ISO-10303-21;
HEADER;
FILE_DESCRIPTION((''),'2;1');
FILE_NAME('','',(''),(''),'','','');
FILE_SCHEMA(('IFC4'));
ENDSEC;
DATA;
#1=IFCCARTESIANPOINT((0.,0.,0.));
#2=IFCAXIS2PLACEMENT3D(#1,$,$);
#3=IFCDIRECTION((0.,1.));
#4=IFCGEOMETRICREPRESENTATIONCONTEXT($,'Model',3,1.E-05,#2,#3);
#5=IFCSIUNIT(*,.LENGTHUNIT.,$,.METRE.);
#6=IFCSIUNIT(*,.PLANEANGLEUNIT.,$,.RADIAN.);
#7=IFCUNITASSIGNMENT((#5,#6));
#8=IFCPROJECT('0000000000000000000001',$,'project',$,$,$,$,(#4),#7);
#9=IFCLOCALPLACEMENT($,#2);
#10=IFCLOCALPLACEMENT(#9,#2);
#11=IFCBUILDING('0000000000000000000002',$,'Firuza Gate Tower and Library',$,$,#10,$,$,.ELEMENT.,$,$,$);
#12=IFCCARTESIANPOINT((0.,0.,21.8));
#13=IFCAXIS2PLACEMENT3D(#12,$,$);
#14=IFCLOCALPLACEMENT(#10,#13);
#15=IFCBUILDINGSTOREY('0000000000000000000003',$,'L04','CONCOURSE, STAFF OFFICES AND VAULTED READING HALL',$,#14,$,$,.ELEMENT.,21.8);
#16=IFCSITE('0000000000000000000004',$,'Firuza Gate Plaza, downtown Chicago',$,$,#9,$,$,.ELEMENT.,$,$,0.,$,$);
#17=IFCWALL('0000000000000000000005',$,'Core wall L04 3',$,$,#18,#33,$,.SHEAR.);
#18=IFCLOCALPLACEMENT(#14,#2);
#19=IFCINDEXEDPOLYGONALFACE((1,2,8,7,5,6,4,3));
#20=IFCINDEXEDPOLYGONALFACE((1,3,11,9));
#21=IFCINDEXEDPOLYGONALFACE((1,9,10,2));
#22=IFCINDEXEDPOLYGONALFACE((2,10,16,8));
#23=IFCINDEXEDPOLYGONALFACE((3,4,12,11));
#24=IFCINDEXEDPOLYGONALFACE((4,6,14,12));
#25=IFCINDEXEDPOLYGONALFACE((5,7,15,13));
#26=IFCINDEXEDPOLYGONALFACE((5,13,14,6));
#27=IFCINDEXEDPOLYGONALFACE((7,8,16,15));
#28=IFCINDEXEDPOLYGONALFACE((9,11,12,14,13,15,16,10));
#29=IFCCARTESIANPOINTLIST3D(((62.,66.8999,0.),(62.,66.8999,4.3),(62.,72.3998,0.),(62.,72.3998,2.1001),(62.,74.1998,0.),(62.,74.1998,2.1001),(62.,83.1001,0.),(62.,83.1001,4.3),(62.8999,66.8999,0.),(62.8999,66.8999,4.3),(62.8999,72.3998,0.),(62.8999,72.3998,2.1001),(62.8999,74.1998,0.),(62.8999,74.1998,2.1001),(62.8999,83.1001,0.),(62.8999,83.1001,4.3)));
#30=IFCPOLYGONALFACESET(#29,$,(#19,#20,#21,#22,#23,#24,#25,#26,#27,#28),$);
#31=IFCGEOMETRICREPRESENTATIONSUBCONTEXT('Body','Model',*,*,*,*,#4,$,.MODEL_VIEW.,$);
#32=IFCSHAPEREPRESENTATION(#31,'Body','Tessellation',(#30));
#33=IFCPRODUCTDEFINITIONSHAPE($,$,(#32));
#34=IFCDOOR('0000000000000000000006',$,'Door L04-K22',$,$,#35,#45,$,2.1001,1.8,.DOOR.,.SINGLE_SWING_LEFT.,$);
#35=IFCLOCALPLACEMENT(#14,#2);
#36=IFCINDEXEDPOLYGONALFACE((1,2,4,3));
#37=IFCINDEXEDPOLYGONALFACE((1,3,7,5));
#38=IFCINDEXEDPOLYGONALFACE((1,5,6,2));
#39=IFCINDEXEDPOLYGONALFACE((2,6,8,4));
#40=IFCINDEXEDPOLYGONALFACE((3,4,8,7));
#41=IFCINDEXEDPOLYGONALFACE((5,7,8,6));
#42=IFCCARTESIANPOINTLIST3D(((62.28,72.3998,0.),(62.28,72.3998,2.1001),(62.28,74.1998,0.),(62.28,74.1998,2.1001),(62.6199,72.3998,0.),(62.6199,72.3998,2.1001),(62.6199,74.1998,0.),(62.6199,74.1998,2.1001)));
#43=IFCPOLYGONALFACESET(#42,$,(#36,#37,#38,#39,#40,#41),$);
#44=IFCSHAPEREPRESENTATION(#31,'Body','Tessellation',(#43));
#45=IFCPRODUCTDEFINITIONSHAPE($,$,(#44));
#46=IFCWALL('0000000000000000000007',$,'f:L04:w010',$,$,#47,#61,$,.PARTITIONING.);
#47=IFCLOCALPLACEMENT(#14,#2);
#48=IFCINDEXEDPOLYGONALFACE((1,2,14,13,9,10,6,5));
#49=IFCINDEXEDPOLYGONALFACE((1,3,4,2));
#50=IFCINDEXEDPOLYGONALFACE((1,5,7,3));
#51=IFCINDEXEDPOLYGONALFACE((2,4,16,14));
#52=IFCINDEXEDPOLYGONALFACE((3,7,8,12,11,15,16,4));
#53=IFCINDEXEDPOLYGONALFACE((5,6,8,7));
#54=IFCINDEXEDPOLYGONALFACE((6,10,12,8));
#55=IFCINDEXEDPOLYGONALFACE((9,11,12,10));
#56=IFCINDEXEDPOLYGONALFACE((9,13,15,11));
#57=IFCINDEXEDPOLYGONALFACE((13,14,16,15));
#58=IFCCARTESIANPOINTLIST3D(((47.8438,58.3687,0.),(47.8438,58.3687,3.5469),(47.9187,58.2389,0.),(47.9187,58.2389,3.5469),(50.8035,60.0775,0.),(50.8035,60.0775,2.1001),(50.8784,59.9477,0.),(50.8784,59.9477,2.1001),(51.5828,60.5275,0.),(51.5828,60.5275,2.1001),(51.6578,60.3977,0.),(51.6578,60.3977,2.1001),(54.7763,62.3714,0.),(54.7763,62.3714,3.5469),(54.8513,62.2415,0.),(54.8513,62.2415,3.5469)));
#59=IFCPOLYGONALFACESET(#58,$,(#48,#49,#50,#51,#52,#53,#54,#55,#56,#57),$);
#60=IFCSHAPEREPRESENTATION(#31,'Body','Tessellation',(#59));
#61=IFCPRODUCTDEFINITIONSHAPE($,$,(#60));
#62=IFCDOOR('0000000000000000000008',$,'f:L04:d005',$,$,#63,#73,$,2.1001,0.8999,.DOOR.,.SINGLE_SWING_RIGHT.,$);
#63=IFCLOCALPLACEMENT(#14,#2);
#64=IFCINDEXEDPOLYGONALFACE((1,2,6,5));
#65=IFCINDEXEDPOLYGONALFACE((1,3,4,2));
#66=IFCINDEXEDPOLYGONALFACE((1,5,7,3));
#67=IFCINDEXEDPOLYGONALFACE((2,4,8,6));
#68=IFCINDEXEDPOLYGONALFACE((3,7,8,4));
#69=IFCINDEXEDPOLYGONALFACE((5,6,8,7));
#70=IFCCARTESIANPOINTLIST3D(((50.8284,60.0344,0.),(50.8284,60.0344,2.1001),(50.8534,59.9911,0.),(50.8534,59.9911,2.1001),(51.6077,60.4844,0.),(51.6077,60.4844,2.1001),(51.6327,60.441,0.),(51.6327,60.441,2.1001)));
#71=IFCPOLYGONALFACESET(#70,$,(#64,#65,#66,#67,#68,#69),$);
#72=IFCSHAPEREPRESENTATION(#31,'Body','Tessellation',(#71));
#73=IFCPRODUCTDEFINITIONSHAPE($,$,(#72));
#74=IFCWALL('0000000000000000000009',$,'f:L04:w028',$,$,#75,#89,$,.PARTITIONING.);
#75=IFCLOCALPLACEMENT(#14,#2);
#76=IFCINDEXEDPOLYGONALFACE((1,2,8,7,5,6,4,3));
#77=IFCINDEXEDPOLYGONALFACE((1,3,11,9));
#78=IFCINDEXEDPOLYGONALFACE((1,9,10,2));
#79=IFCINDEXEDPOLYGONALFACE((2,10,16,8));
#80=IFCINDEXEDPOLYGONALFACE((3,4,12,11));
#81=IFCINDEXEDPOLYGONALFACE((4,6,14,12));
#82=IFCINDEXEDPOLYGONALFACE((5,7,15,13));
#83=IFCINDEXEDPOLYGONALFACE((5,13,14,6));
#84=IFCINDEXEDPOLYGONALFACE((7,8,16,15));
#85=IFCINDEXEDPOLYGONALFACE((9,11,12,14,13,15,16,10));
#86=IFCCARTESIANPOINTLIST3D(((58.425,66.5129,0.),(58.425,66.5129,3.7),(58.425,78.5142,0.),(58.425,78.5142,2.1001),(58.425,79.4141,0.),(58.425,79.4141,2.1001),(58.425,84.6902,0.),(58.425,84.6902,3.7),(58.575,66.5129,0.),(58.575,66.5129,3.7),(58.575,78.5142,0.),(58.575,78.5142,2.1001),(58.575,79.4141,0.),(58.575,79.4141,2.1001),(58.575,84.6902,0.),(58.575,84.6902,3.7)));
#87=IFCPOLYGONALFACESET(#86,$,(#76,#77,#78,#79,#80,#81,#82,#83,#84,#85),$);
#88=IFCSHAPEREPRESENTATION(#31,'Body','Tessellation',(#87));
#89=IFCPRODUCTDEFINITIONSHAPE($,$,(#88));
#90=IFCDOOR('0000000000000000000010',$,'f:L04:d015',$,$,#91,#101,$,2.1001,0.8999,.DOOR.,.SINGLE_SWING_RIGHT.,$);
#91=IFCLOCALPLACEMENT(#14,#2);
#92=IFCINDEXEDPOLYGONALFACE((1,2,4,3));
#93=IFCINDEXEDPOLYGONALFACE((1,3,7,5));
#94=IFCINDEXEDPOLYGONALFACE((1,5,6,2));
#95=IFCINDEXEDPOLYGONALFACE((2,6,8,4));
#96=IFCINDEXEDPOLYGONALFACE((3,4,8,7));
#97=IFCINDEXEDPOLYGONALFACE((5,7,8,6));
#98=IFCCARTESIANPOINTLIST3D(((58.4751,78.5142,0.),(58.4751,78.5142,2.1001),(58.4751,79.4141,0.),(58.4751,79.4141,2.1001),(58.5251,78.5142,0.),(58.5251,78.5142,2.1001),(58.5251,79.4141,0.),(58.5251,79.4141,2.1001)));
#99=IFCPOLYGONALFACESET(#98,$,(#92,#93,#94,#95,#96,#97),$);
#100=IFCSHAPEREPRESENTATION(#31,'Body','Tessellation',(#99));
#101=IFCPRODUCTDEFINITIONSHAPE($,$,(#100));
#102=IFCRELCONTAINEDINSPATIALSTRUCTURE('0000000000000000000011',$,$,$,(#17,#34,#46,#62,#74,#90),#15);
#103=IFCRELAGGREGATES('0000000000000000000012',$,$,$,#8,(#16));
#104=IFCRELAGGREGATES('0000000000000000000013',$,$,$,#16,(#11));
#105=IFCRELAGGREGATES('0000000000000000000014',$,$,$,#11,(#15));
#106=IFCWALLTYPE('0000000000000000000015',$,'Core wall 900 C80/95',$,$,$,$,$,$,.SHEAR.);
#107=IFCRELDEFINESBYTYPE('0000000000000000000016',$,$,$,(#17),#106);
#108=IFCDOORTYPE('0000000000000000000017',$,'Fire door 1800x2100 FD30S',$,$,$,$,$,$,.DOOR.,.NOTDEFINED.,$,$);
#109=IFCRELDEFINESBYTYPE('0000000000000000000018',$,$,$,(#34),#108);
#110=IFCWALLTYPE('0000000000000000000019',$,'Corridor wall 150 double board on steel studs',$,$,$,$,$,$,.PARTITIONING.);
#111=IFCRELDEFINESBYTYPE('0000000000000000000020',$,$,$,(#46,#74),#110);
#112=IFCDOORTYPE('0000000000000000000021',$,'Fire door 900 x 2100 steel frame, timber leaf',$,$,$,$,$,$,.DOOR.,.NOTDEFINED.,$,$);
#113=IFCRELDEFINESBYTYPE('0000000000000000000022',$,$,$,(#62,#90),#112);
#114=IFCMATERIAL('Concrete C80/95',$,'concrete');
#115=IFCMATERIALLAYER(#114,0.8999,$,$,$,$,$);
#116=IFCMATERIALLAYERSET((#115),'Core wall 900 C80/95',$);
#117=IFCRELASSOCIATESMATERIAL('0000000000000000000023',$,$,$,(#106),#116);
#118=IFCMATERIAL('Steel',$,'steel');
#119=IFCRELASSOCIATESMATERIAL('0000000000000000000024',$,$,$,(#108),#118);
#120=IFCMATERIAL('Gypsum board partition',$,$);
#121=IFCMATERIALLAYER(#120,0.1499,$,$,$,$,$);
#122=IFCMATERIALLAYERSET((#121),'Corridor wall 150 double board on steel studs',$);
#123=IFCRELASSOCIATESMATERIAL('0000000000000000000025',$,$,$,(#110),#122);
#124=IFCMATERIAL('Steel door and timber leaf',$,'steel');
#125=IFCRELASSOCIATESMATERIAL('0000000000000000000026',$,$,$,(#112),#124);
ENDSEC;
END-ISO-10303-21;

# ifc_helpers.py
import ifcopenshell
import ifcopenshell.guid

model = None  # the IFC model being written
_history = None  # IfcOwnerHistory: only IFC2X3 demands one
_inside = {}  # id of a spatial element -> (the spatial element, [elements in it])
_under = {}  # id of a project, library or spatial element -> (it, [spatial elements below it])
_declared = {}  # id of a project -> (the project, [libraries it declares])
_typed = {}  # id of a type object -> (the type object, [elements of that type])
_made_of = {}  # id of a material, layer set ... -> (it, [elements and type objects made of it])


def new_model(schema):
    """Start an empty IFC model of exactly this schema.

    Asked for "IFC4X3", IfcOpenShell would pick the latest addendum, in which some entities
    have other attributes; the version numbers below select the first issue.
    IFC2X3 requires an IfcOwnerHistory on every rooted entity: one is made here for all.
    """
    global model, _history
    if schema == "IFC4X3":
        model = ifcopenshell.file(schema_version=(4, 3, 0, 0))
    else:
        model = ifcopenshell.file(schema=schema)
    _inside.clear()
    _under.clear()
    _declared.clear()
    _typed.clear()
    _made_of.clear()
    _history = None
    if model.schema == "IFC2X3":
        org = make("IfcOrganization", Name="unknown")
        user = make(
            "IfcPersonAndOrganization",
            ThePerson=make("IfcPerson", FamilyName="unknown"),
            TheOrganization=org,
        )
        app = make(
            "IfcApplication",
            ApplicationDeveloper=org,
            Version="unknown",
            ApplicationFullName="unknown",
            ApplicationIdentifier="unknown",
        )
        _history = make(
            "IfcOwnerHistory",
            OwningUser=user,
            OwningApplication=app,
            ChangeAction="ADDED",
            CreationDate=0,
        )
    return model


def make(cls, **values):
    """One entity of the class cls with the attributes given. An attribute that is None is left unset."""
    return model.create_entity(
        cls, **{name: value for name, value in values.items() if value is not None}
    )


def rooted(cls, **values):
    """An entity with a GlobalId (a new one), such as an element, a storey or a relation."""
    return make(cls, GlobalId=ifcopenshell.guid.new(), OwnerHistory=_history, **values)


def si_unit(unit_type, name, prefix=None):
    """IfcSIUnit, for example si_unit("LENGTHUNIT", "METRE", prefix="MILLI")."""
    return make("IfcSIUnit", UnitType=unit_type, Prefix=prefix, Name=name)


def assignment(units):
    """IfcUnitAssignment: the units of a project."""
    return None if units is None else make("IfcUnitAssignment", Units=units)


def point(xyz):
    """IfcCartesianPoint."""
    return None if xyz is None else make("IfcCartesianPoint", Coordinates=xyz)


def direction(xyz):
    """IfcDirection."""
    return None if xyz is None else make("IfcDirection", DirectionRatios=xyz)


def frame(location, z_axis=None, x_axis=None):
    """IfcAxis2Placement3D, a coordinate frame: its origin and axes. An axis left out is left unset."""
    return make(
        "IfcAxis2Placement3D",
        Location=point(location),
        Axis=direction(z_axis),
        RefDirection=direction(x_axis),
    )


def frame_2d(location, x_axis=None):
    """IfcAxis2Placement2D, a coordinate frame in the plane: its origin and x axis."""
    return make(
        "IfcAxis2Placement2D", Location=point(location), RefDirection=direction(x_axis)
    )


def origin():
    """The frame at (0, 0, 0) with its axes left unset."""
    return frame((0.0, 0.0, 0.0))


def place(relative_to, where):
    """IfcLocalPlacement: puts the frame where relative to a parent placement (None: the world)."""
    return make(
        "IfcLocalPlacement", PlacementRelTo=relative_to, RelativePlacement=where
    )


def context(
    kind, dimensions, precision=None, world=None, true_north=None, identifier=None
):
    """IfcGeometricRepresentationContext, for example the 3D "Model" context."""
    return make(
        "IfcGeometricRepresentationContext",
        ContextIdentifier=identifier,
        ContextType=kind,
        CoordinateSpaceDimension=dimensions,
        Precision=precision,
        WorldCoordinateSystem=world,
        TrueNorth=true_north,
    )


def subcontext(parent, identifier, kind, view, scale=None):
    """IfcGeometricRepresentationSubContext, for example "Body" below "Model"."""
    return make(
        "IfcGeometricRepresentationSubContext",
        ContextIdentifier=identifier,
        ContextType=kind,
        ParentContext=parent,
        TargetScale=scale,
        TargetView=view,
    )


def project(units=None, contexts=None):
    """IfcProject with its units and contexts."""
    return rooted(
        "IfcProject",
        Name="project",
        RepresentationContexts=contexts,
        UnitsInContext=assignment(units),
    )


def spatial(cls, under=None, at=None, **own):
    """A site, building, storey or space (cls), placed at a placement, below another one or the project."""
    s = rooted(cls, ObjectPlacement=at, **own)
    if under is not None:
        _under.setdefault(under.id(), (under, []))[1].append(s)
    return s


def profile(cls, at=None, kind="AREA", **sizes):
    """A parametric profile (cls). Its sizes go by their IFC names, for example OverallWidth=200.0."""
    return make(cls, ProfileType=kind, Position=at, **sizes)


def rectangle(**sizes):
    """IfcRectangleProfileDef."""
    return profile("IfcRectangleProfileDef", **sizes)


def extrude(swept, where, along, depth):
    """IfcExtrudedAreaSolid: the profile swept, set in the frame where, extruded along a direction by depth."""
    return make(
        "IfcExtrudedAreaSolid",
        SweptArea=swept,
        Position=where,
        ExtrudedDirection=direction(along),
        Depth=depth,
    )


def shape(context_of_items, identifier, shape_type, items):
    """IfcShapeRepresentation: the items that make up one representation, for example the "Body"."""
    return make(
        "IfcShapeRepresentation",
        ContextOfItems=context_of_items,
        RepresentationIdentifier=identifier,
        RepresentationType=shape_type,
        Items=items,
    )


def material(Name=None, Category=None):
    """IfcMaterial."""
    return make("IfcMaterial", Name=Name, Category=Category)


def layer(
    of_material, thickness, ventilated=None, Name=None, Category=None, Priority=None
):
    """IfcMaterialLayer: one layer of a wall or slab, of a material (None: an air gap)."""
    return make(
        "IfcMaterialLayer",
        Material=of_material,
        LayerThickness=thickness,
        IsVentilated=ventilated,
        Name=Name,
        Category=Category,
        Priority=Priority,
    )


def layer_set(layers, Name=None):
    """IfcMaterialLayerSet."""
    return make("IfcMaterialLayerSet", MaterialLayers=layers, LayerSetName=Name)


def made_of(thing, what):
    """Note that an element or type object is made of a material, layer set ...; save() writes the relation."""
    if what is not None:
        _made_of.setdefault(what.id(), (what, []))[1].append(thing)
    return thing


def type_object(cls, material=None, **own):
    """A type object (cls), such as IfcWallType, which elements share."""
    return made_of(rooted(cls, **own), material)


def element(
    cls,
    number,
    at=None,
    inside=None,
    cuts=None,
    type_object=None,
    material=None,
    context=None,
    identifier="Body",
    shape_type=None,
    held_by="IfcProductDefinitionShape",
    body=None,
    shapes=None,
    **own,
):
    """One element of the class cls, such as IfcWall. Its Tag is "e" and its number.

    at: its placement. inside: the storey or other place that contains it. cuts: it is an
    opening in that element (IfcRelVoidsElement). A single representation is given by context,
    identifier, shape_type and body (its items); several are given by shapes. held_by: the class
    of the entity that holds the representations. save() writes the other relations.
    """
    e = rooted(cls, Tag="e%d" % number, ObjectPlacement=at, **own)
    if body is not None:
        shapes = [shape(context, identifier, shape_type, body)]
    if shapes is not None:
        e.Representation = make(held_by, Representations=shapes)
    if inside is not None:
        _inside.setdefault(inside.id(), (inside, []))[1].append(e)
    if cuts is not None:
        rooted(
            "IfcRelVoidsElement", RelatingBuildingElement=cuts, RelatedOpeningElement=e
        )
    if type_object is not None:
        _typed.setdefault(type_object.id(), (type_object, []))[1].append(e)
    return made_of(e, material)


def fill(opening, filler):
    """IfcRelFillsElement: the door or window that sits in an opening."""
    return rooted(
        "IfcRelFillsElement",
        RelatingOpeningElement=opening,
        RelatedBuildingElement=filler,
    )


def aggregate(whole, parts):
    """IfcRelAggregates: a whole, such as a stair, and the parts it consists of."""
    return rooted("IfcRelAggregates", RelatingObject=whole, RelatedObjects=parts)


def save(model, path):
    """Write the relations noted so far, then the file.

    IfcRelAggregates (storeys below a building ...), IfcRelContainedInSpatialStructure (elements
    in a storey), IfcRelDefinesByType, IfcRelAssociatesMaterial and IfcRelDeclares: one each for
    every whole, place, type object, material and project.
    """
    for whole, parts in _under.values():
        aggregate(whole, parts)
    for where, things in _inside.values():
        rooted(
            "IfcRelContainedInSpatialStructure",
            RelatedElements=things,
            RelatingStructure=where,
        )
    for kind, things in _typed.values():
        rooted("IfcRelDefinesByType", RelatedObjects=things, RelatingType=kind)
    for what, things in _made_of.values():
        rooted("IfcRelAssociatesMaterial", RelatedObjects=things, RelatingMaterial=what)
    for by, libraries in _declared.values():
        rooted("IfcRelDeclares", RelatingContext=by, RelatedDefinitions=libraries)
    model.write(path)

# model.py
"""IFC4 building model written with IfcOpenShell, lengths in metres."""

from ifc_helpers import new_model, si_unit, direction, frame, frame_2d, origin, place, context, subcontext, project, spatial, rectangle, extrude, material, layer, layer_set, type_object, element, fill, save


model = new_model("IFC4")

# Units and contexts
model_context = context("Model", 3, precision=1e-05, world=origin(), true_north=direction((0.0, 1.0)))
body_context = subcontext(model_context, "Body", "Model", "MODEL_VIEW")
ifc_project = project(units=[si_unit("LENGTHUNIT", "METRE"), si_unit("PLANEANGLEUNIT", "RADIAN")], contexts=[model_context])

# Site, building, storey
site_placement = place(None, origin())
site = spatial("IfcSite", under=ifc_project, at=site_placement, Name="Firuza Gate Plaza, downtown Chicago", CompositionType="ELEMENT", RefElevation=0.0)
building_placement = place(site_placement, origin())
building = spatial("IfcBuilding", under=site, at=building_placement, Name="Firuza Gate Tower and Library", CompositionType="ELEMENT")
storey_placement = place(building_placement, frame((0.0, 0.0, 21.8)))
storey = spatial("IfcBuildingStorey", under=building, at=storey_placement, Name="L04", Description="CONCOURSE, STAFF OFFICES AND VAULTED READING HALL", CompositionType="ELEMENT", Elevation=21.8)

# Shared definitions
ifc_material_1 = material(Name="Concrete C80/95", Category="concrete")
ifc_layer_1 = layer(ifc_material_1, 0.8999)
ifc_layer_set_1 = layer_set([ifc_layer_1], Name="Core wall 900 C80/95")
wall_type_1 = type_object("IfcWallType", Name="Core wall 900 C80/95", PredefinedType="SHEAR", material=ifc_layer_set_1)

# Walls, openings, doors
wall_1_placement = place(storey_placement, frame((62.45, 66.8999, 0.0), z_axis=(0.0, 0.0, 1.0), x_axis=(0.0, 1.0, 0.0)))
wall_1 = element("IfcWall", 1, at=wall_1_placement, inside=storey, type_object=wall_type_1, Name="Core wall L04 3", PredefinedType="SHEAR", context=body_context, shape_type="SweptSolid", body=[
    extrude(rectangle(XDim=16.2002, YDim=0.8999, at=frame_2d((8.1001, 0.0))), origin(), (0.0, 0.0, 1.0), 4.3),
])
opening_1_placement = place(wall_1_placement, frame((5.5, 0.0, 0.0)))
opening_1 = element("IfcOpeningElement", 2, at=opening_1_placement, cuts=wall_1, PredefinedType="OPENING", context=body_context, shape_type="SweptSolid", body=[
    extrude(rectangle(XDim=1.8, YDim=2.1001, at=frame_2d((0.8999, 1.05))), frame((0.0, 0.46, 0.0), z_axis=(0.0, -1.0, 0.0), x_axis=(1.0, 0.0, 0.0)), (0.0, 0.0, 1.0), 0.9199),
])
ifc_material_2 = material(Name="Steel", Category="steel")
door_type_1 = type_object("IfcDoorType", Name="Fire door 1800x2100 FD30S", OperationType="NOTDEFINED", PredefinedType="DOOR", material=ifc_material_2)
door_1_placement = place(opening_1_placement, origin())
door_1 = element("IfcDoor", 3, at=door_1_placement, inside=storey, type_object=door_type_1, Name="Door L04-K22", OperationType="SINGLE_SWING_LEFT", OverallHeight=2.1001, OverallWidth=1.8, PredefinedType="DOOR", context=body_context, shape_type="SweptSolid", body=[
    extrude(rectangle(XDim=1.8, YDim=2.1001, at=frame_2d((0.8999, 1.05))), frame((0.0, 0.1699, 0.0), z_axis=(0.0, -1.0, 0.0), x_axis=(1.0, 0.0, 0.0)), (0.0, 0.0, 1.0), 0.3398),
])
fill(opening_1, door_1)
ifc_material_3 = material(Name="Gypsum board partition")
ifc_layer_2 = layer(ifc_material_3, 0.1499)
ifc_layer_set_2 = layer_set([ifc_layer_2], Name="Corridor wall 150 double board on steel studs")
wall_type_2 = type_object("IfcWallType", Name="Corridor wall 150 double board on steel studs", PredefinedType="PARTITIONING", material=ifc_layer_set_2)
wall_2_placement = place(storey_placement, frame((54.8137, 62.3064, 0.0), z_axis=(0.0, 0.0, 1.0), x_axis=(-0.866018, -0.500013, 0.0)))
wall_2 = element("IfcWall", 4, at=wall_2_placement, inside=storey, type_object=wall_type_2, Name="f:L04:w010", PredefinedType="PARTITIONING", context=body_context, shape_type="SweptSolid", body=[
    extrude(rectangle(XDim=8.0051, YDim=0.1499, at=frame_2d((4.0024, 0.0))), origin(), (0.0, 0.0, 1.0), 3.5469),
])
opening_2_placement = place(wall_2_placement, frame((3.6875, 0.0, 0.0)))
opening_2 = element("IfcOpeningElement", 5, at=opening_2_placement, cuts=wall_2, PredefinedType="OPENING", context=body_context, shape_type="SweptSolid", body=[
    extrude(rectangle(XDim=0.8999, YDim=2.1001, at=frame_2d((0.45, 1.05))), frame((0.0, 0.085, 0.0), z_axis=(0.0, -1.0, 0.0), x_axis=(1.0, 0.0, 0.0)), (0.0, 0.0, 1.0), 0.1699),
])
ifc_material_4 = material(Name="Steel door and timber leaf", Category="steel")
door_type_2 = type_object("IfcDoorType", Name="Fire door 900 x 2100 steel frame, timber leaf", OperationType="NOTDEFINED", PredefinedType="DOOR", material=ifc_material_4)
door_2_placement = place(opening_2_placement, origin())
door_2 = element("IfcDoor", 6, at=door_2_placement, inside=storey, type_object=door_type_2, Name="f:L04:d005", OperationType="SINGLE_SWING_RIGHT", OverallHeight=2.1001, OverallWidth=0.8999, PredefinedType="DOOR", context=body_context, shape_type="SweptSolid", body=[
    extrude(rectangle(XDim=0.8999, YDim=2.1001, at=frame_2d((0.45, 1.05))), frame((0.0, 0.0249, 0.0), z_axis=(0.0, -1.0, 0.0), x_axis=(1.0, 0.0, 0.0)), (0.0, 0.0, 1.0), 0.05),
])
fill(opening_2, door_2)
wall_3_placement = place(storey_placement, frame((58.5, 66.5129, 0.0), z_axis=(0.0, 0.0, 1.0), x_axis=(0.0, 1.0, 0.0)))
wall_3 = element("IfcWall", 7, at=wall_3_placement, inside=storey, type_object=wall_type_2, Name="f:L04:w028", PredefinedType="PARTITIONING", context=body_context, shape_type="SweptSolid", body=[
    extrude(rectangle(XDim=18.1772, YDim=0.1499, at=frame_2d((9.0886, 0.0))), origin(), (0.0, 0.0, 1.0), 3.7),
])
opening_3_placement = place(wall_3_placement, frame((12.0012, 0.0, 0.0)))
opening_3 = element("IfcOpeningElement", 8, at=opening_3_placement, cuts=wall_3, PredefinedType="OPENING", context=body_context, shape_type="SweptSolid", body=[
    extrude(rectangle(XDim=0.8999, YDim=2.1001, at=frame_2d((0.45, 1.05))), frame((0.0, 0.085, 0.0), z_axis=(0.0, -1.0, 0.0), x_axis=(1.0, 0.0, 0.0)), (0.0, 0.0, 1.0), 0.1699),
])
door_3_placement = place(opening_3_placement, origin())
door_3 = element("IfcDoor", 9, at=door_3_placement, inside=storey, type_object=door_type_2, Name="f:L04:d015", OperationType="SINGLE_SWING_RIGHT", OverallHeight=2.1001, OverallWidth=0.8999, PredefinedType="DOOR", context=body_context, shape_type="SweptSolid", body=[
    extrude(rectangle(XDim=0.8999, YDim=2.1001, at=frame_2d((0.45, 1.05))), frame((0.0, 0.0249, 0.0), z_axis=(0.0, -1.0, 0.0), x_axis=(1.0, 0.0, 0.0)), (0.0, 0.0, 1.0), 0.05),
])
fill(opening_3, door_3)

save(model, "model.ifc")
